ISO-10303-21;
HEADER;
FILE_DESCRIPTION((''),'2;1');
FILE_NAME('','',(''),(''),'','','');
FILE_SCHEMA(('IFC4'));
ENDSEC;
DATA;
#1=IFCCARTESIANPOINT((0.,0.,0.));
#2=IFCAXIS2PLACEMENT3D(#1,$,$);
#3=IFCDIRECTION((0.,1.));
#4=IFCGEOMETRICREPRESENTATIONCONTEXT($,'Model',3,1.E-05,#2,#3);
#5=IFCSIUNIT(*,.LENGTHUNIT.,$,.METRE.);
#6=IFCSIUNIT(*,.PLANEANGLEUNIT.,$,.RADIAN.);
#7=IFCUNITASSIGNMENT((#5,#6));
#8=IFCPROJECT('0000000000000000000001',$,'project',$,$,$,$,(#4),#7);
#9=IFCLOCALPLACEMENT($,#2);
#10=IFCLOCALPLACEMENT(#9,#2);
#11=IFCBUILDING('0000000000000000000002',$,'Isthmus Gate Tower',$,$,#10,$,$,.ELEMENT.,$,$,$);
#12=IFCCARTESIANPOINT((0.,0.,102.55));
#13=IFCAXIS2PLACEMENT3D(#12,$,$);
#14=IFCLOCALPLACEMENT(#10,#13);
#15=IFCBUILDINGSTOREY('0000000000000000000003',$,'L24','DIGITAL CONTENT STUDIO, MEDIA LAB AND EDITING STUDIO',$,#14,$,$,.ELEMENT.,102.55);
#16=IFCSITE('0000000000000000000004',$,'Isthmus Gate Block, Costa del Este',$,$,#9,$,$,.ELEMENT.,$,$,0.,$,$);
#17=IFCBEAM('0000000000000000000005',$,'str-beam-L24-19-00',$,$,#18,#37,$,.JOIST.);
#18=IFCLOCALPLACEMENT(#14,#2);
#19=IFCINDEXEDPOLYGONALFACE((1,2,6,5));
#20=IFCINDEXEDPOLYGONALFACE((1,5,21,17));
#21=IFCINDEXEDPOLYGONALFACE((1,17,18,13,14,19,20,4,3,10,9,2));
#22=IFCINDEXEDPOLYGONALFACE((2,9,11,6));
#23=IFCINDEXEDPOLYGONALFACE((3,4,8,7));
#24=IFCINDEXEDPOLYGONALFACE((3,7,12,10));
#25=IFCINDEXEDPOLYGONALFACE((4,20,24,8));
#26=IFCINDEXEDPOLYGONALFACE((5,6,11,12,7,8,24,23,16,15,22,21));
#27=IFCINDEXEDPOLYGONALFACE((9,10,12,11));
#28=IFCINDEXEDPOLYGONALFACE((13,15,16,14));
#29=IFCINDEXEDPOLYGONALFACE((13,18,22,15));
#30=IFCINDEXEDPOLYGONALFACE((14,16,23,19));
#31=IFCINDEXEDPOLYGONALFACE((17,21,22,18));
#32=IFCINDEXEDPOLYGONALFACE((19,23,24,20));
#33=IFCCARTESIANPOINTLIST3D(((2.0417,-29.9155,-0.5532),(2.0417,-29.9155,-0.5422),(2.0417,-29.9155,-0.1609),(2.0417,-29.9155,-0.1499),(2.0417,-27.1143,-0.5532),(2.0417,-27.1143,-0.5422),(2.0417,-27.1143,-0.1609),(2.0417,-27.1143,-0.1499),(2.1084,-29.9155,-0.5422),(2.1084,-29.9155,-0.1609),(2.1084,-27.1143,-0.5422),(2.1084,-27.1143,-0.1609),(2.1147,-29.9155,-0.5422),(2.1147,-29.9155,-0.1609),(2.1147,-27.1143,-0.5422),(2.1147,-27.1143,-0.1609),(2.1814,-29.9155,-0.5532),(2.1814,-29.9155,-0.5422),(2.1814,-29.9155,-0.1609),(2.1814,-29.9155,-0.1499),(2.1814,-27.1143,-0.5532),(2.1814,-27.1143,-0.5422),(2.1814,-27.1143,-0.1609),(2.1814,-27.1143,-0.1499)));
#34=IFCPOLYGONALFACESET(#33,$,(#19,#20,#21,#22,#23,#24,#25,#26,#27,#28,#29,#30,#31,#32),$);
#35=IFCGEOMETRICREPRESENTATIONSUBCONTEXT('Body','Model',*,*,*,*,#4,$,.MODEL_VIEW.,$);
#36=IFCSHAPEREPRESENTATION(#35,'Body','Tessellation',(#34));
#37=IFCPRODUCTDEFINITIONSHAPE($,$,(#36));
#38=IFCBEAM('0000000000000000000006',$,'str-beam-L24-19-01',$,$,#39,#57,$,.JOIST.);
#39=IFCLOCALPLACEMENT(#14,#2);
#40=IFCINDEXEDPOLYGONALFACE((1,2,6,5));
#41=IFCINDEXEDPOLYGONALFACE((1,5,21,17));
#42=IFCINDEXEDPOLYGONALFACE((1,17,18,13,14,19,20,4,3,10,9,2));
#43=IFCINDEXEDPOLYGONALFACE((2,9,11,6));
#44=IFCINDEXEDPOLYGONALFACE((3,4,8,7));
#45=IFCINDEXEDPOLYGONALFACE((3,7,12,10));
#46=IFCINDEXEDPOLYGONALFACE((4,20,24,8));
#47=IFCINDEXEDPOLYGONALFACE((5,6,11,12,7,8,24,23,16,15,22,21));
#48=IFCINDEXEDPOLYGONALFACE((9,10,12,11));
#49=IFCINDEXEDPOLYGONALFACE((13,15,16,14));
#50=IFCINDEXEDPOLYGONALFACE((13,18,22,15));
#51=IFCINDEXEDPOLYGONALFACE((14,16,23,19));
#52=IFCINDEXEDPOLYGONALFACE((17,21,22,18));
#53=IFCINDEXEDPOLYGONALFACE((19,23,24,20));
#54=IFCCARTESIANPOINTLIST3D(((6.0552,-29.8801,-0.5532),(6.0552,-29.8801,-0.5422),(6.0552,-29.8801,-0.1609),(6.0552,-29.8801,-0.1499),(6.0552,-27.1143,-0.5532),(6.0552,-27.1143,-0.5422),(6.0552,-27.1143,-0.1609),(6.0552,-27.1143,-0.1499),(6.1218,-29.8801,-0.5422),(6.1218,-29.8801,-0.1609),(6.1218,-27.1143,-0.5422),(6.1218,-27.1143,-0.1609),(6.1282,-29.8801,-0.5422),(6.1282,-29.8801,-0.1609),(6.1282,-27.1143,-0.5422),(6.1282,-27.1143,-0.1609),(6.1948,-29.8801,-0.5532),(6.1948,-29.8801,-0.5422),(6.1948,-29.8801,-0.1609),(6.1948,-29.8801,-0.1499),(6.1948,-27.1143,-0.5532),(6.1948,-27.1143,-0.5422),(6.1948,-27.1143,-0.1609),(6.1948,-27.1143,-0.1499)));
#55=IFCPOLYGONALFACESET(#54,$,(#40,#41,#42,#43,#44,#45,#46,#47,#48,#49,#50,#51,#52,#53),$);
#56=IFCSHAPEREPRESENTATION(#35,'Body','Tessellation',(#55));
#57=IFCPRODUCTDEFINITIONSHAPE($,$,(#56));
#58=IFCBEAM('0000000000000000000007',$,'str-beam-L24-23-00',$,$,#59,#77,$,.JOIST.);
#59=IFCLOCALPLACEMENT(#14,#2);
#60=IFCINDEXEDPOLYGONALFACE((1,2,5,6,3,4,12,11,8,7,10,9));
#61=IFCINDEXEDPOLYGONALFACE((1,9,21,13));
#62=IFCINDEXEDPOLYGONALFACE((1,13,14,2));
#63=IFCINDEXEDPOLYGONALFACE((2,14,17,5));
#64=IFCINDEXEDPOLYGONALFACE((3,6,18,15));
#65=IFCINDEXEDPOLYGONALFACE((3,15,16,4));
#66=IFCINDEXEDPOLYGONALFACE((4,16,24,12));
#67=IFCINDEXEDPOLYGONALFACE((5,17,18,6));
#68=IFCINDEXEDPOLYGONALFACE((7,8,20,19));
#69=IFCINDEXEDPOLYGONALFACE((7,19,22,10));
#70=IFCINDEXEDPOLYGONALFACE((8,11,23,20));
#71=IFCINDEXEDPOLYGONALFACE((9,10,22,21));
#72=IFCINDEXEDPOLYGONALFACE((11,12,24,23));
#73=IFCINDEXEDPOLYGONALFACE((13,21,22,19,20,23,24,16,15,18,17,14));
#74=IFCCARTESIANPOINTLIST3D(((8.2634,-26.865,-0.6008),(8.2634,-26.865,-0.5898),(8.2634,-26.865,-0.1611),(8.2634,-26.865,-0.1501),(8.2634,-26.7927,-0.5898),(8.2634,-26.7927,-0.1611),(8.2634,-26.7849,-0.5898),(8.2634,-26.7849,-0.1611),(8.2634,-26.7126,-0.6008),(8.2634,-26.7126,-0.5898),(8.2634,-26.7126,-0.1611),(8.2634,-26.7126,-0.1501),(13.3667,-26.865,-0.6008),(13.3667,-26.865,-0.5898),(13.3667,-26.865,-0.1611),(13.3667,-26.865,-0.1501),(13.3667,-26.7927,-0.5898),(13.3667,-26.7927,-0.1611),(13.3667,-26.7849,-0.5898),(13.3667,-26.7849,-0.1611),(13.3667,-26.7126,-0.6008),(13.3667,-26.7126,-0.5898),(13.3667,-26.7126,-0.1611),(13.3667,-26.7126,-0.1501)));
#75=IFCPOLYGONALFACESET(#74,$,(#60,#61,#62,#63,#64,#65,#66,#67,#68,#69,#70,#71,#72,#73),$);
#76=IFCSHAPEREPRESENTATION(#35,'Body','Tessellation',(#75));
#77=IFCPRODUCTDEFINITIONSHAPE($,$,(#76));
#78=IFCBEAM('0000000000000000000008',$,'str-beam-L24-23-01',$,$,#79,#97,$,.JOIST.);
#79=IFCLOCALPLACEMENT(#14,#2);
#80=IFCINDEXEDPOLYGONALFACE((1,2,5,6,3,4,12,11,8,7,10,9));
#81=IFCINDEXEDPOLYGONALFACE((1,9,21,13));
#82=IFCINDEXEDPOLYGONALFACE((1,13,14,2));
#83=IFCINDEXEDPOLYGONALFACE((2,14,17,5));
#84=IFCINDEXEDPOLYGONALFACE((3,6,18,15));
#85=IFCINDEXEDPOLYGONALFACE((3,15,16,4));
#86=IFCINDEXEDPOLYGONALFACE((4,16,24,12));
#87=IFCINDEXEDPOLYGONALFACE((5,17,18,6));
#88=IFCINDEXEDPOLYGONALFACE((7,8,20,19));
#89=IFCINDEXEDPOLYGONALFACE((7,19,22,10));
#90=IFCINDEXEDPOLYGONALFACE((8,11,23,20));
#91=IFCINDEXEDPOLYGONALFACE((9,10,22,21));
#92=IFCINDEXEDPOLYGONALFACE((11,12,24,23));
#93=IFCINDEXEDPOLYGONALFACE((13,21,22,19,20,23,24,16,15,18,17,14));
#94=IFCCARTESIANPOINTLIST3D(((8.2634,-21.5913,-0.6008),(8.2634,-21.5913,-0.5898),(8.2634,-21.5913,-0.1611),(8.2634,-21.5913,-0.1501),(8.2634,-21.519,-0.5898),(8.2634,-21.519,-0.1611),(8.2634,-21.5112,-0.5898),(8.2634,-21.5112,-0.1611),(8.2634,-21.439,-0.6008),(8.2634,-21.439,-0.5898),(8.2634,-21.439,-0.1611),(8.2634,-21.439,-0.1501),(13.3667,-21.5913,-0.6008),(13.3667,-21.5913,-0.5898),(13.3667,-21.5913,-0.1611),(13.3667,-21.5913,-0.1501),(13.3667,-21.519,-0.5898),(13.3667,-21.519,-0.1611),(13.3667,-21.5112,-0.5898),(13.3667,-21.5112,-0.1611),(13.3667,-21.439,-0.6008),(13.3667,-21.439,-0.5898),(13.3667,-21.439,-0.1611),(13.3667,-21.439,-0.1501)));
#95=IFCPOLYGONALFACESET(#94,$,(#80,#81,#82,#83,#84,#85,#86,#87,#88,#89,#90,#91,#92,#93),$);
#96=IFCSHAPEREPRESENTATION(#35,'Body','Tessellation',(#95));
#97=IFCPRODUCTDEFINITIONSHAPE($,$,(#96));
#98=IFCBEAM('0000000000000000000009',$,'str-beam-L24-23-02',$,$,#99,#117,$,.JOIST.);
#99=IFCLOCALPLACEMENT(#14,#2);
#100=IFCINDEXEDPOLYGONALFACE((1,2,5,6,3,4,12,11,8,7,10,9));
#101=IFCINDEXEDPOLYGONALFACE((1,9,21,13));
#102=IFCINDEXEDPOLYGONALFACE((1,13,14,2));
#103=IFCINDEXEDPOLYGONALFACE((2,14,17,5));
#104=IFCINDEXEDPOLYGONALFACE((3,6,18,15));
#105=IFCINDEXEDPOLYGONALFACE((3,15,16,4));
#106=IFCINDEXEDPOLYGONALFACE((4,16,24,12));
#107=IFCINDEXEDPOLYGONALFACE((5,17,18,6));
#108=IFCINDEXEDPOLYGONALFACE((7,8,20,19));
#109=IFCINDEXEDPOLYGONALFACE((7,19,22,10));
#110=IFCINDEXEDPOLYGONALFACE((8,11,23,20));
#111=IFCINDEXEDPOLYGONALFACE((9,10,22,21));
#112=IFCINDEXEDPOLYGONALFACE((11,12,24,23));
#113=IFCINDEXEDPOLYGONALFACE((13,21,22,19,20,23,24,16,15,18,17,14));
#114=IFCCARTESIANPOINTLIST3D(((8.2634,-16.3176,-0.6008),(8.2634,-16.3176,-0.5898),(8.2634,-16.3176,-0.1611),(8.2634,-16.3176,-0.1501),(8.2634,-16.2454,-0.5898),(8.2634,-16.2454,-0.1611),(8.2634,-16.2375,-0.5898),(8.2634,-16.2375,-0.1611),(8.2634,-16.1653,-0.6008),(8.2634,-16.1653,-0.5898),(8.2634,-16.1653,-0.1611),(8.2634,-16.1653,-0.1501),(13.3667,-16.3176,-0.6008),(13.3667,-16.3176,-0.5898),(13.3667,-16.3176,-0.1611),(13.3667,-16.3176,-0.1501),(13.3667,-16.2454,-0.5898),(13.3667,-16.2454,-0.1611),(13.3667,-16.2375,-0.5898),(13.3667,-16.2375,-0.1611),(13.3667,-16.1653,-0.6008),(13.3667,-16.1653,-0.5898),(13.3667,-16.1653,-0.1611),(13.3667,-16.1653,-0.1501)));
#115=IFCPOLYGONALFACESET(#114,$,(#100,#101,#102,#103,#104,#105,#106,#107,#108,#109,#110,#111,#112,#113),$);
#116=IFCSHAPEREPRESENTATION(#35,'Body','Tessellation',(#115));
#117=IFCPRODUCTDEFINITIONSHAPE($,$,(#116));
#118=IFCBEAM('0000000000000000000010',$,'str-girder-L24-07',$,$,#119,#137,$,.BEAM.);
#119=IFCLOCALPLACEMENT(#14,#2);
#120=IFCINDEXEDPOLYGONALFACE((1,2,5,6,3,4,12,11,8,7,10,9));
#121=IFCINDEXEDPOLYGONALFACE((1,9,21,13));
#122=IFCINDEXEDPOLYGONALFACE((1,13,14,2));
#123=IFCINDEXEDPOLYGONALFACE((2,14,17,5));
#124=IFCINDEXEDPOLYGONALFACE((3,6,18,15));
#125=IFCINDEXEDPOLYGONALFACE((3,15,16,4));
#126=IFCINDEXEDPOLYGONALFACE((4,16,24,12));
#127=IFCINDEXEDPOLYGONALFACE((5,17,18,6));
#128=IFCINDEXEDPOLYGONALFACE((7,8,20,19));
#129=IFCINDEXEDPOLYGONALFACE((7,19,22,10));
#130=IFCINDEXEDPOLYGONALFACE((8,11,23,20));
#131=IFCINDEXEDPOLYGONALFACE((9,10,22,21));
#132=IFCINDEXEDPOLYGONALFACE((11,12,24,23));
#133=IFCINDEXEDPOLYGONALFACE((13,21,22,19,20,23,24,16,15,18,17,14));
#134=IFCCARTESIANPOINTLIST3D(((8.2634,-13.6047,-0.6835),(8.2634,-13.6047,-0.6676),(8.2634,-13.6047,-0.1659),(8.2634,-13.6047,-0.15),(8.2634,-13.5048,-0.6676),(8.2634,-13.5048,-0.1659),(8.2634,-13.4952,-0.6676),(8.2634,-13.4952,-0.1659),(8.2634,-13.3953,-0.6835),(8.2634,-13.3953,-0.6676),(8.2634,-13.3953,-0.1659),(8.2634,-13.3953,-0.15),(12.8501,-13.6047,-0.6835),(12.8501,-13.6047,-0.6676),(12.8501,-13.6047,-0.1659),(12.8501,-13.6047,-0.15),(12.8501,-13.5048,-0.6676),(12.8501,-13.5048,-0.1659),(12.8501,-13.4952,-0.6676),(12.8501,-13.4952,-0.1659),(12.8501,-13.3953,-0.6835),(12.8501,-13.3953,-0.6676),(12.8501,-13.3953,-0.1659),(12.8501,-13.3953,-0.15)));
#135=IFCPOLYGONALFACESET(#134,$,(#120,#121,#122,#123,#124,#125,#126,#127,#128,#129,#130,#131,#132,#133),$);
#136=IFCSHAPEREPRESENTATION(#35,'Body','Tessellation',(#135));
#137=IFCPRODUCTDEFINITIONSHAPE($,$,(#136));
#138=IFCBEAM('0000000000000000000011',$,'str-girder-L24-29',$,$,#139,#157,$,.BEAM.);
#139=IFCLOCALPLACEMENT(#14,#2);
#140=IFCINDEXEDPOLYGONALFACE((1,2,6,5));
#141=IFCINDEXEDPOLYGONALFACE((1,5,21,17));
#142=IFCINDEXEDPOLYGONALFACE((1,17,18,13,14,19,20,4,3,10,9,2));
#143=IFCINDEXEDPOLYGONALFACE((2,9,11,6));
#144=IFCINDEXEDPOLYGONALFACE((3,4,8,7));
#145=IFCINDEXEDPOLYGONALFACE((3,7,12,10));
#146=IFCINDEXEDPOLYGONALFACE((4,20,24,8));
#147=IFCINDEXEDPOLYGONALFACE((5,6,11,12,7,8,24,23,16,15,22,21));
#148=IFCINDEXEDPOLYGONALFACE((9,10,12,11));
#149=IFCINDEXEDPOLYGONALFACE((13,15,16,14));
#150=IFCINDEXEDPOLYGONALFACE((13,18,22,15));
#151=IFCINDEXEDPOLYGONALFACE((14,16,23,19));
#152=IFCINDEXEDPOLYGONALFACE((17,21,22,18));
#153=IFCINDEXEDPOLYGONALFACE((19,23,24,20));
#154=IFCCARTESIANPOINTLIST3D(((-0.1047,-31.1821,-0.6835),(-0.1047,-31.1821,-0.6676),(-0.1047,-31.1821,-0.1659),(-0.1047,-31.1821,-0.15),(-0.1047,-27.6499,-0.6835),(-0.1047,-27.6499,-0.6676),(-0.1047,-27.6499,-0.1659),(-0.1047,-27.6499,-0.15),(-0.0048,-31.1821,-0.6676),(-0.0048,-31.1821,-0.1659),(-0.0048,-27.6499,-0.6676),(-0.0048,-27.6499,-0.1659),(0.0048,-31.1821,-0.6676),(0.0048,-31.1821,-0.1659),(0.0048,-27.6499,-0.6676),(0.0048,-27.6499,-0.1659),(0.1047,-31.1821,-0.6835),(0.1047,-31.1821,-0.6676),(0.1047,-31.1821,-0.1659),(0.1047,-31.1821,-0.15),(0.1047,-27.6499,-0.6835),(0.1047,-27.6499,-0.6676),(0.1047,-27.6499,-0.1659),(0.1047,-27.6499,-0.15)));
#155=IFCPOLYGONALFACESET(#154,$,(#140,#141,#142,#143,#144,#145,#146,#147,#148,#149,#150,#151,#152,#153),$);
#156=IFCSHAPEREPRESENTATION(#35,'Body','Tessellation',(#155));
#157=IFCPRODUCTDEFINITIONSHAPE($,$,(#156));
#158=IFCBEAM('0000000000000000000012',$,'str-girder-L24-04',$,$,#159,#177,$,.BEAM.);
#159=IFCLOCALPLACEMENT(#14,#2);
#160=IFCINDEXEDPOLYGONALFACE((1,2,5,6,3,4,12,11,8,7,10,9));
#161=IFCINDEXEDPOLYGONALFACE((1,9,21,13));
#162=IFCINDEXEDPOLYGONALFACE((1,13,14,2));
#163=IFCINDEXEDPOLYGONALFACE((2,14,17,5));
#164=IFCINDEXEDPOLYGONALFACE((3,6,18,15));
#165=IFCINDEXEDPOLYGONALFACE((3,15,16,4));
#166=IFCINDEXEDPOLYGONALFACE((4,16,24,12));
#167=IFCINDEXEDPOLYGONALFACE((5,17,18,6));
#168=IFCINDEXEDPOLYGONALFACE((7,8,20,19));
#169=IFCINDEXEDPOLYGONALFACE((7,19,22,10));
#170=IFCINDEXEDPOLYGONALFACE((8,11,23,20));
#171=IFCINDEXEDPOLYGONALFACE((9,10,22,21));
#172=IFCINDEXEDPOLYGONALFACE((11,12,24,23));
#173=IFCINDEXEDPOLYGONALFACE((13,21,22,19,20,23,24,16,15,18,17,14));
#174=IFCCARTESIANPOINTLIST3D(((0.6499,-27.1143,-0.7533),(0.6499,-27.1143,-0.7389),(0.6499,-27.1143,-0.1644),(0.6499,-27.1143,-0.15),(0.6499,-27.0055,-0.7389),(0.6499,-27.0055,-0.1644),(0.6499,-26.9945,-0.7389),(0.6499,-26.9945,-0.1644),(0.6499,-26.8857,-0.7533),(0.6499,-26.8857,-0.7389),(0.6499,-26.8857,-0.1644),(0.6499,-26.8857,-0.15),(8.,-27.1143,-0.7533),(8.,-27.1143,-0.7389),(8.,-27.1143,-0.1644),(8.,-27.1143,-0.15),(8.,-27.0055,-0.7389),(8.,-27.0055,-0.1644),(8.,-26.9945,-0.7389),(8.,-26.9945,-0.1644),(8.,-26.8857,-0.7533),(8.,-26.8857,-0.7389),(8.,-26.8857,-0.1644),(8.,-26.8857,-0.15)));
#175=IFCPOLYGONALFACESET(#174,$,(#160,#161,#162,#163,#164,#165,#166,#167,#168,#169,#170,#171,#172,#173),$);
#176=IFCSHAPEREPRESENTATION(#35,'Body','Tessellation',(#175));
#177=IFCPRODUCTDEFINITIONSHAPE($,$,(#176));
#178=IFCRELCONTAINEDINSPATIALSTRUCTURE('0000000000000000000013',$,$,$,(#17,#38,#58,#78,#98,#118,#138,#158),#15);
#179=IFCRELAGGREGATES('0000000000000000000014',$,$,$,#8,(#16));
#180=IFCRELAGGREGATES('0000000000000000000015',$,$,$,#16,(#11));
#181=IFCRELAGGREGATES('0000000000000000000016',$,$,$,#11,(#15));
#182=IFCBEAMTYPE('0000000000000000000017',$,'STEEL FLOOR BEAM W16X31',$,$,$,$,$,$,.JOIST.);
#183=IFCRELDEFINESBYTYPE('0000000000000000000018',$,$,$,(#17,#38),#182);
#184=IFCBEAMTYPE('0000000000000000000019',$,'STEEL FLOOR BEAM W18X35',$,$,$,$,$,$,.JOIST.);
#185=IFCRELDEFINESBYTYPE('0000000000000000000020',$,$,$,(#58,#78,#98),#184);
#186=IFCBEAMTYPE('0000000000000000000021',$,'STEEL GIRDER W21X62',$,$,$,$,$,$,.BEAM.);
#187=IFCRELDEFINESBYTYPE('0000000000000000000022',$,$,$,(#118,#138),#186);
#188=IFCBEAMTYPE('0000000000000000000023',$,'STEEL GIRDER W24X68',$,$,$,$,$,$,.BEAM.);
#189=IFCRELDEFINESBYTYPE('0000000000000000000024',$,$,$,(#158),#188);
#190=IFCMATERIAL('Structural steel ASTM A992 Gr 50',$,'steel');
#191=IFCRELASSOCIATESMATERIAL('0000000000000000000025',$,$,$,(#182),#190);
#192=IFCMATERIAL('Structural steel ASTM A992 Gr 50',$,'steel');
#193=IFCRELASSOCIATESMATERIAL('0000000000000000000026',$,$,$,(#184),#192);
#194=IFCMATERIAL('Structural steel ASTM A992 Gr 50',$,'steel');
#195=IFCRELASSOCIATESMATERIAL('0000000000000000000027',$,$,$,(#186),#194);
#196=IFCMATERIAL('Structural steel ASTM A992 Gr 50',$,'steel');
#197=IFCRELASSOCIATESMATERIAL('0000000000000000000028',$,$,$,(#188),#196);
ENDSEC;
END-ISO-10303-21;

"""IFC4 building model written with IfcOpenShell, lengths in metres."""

from ifc_helpers import new_model, si_unit, direction, frame, origin, origin_2d, place, context, subcontext, project, spatial, i_section, extrude, material, material_profile, profile_set, type_object, element, save


model = new_model("IFC4")

# Units and contexts
model_context = context("Model", 3, precision=1e-05, world=origin(), true_north=direction((0.0, 1.0)))
body_context = subcontext(model_context, "Body", "Model", "MODEL_VIEW")
ifc_project = project(units=[si_unit("LENGTHUNIT", "METRE"), si_unit("PLANEANGLEUNIT", "RADIAN")], contexts=[model_context])

# Site, building, storey
site_placement = place(None, origin())
site = spatial("IfcSite", under=ifc_project, at=site_placement, Name="Isthmus Gate Block, Costa del Este", CompositionType="ELEMENT", RefElevation=0.0)
building_placement = place(site_placement, origin())
building = spatial("IfcBuilding", under=site, at=building_placement, Name="Isthmus Gate Tower", CompositionType="ELEMENT")
storey_placement = place(building_placement, frame((0.0, 0.0, 102.55)))
storey = spatial("IfcBuildingStorey", under=building, at=storey_placement, Name="L24", Description="DIGITAL CONTENT STUDIO, MEDIA LAB AND EDITING STUDIO", CompositionType="ELEMENT", Elevation=102.55)

# Beams
ifc_material_1 = material(Name="Structural steel ASTM A992 Gr 50", Category="steel")
ifc_material_profile_1 = material_profile(ifc_material_1, i_section(OverallWidth=0.1396, OverallDepth=0.4033, WebThickness=0.0063, FlangeThickness=0.011, at=origin_2d()), Name="W16X31")
ifc_profile_set_1 = profile_set([ifc_material_profile_1], Name="Structural steel ASTM A992 Gr 50")
beam_type_1 = type_object("IfcBeamType", Name="STEEL FLOOR BEAM W16X31", PredefinedType="JOIST", material=ifc_profile_set_1)
beam_1_placement = place(storey_placement, frame((2.1116, -29.9155, -0.3516), z_axis=(0.0, 1.0, 0.0), x_axis=(-1.0, 0.0, 0.0)))
element("IfcBeam", 1, at=beam_1_placement, inside=storey, type_object=beam_type_1, Name="str-beam-L24-19-00", PredefinedType="JOIST", context=body_context, shape_type="SweptSolid", body=[
    extrude(i_section(OverallWidth=0.1396, OverallDepth=0.4033, WebThickness=0.0063, FlangeThickness=0.011, at=origin_2d()), origin(), (0.0, 0.0, 1.0), 2.8013),
])
beam_2_placement = place(storey_placement, frame((6.125, -29.8801, -0.3516), z_axis=(0.0, 1.0, 0.0), x_axis=(-1.0, 0.0, 0.0)))
element("IfcBeam", 2, at=beam_2_placement, inside=storey, type_object=beam_type_1, Name="str-beam-L24-19-01", PredefinedType="JOIST", context=body_context, shape_type="SweptSolid", body=[
    extrude(i_section(OverallWidth=0.1396, OverallDepth=0.4033, WebThickness=0.0063, FlangeThickness=0.011, at=origin_2d()), origin(), (0.0, 0.0, 1.0), 2.7659),
])
ifc_material_2 = material(Name="Structural steel ASTM A992 Gr 50", Category="steel")
ifc_material_profile_2 = material_profile(ifc_material_2, i_section(OverallWidth=0.1523, OverallDepth=0.4507, WebThickness=0.0078, FlangeThickness=0.011, at=origin_2d()), Name="W18X35")
ifc_profile_set_2 = profile_set([ifc_material_profile_2], Name="Structural steel ASTM A992 Gr 50")
beam_type_2 = type_object("IfcBeamType", Name="STEEL FLOOR BEAM W18X35", PredefinedType="JOIST", material=ifc_profile_set_2)
for number, where, z_axis, x_axis, name in (
    (3, (8.2634, -26.7888, -0.3755), (1.0, 0.0, 0.0), (0.0, 1.0, 0.0), "str-beam-L24-23-00"),
    (4, (8.2634, -21.5151, -0.3755), (1.0, 0.0, 0.0), (0.0, 1.0, 0.0), "str-beam-L24-23-01"),
    (5, (8.2634, -16.2415, -0.3755), (1.0, 0.0, 0.0), (0.0, 1.0, 0.0), "str-beam-L24-23-02"),
):
    element("IfcBeam", number, at=place(storey_placement, frame(where, z_axis=z_axis, x_axis=x_axis)), inside=storey, type_object=beam_type_2, Name=name, PredefinedType="JOIST", context=body_context, shape_type="SweptSolid", body=[
        extrude(i_section(OverallWidth=0.1523, OverallDepth=0.4507, WebThickness=0.0078, FlangeThickness=0.011, at=origin_2d()), origin(), (0.0, 0.0, 1.0), 5.1033),
    ])
ifc_material_3 = material(Name="Structural steel ASTM A992 Gr 50", Category="steel")
ifc_material_profile_3 = material_profile(ifc_material_3, i_section(OverallWidth=0.2095, OverallDepth=0.5334, WebThickness=0.0095, FlangeThickness=0.0159, at=origin_2d()), Name="W21X62")
ifc_profile_set_3 = profile_set([ifc_material_profile_3], Name="Structural steel ASTM A992 Gr 50")
beam_type_3 = type_object("IfcBeamType", Name="STEEL GIRDER W21X62", PredefinedType="BEAM", material=ifc_profile_set_3)
beam_3_placement = place(storey_placement, frame((8.2634, -13.5, -0.4167), z_axis=(1.0, 0.0, 0.0), x_axis=(0.0, 1.0, 0.0)))
element("IfcBeam", 6, at=beam_3_placement, inside=storey, type_object=beam_type_3, Name="str-girder-L24-07", PredefinedType="BEAM", context=body_context, shape_type="SweptSolid", body=[
    extrude(i_section(OverallWidth=0.2095, OverallDepth=0.5334, WebThickness=0.0095, FlangeThickness=0.0159, at=origin_2d()), origin(), (0.0, 0.0, 1.0), 4.5867),
])
beam_4_placement = place(storey_placement, frame((0.0, -31.1821, -0.4167), z_axis=(0.0, 1.0, 0.0), x_axis=(-1.0, 0.0, 0.0)))
element("IfcBeam", 7, at=beam_4_placement, inside=storey, type_object=beam_type_3, Name="str-girder-L24-29", PredefinedType="BEAM", context=body_context, shape_type="SweptSolid", body=[
    extrude(i_section(OverallWidth=0.2095, OverallDepth=0.5334, WebThickness=0.0095, FlangeThickness=0.0159, at=origin_2d()), origin(), (0.0, 0.0, 1.0), 3.5322),
])
ifc_material_4 = material(Name="Structural steel ASTM A992 Gr 50", Category="steel")
ifc_material_profile_4 = material_profile(ifc_material_4, i_section(OverallWidth=0.2285, OverallDepth=0.6033, WebThickness=0.011, FlangeThickness=0.0144, at=origin_2d()), Name="W24X68")
ifc_profile_set_4 = profile_set([ifc_material_profile_4], Name="Structural steel ASTM A992 Gr 50")
beam_type_4 = type_object("IfcBeamType", Name="STEEL GIRDER W24X68", PredefinedType="BEAM", material=ifc_profile_set_4)
beam_5_placement = place(storey_placement, frame((0.6499, -27.0, -0.4517), z_axis=(1.0, 0.0, 0.0), x_axis=(0.0, 1.0, 0.0)))
element("IfcBeam", 8, at=beam_5_placement, inside=storey, type_object=beam_type_4, Name="str-girder-L24-04", PredefinedType="BEAM", context=body_context, shape_type="SweptSolid", body=[
    extrude(i_section(OverallWidth=0.2285, OverallDepth=0.6033, WebThickness=0.011, FlangeThickness=0.0144, at=origin_2d()), origin(), (0.0, 0.0, 1.0), 7.3501),
])

save(model, "model.ifc")
